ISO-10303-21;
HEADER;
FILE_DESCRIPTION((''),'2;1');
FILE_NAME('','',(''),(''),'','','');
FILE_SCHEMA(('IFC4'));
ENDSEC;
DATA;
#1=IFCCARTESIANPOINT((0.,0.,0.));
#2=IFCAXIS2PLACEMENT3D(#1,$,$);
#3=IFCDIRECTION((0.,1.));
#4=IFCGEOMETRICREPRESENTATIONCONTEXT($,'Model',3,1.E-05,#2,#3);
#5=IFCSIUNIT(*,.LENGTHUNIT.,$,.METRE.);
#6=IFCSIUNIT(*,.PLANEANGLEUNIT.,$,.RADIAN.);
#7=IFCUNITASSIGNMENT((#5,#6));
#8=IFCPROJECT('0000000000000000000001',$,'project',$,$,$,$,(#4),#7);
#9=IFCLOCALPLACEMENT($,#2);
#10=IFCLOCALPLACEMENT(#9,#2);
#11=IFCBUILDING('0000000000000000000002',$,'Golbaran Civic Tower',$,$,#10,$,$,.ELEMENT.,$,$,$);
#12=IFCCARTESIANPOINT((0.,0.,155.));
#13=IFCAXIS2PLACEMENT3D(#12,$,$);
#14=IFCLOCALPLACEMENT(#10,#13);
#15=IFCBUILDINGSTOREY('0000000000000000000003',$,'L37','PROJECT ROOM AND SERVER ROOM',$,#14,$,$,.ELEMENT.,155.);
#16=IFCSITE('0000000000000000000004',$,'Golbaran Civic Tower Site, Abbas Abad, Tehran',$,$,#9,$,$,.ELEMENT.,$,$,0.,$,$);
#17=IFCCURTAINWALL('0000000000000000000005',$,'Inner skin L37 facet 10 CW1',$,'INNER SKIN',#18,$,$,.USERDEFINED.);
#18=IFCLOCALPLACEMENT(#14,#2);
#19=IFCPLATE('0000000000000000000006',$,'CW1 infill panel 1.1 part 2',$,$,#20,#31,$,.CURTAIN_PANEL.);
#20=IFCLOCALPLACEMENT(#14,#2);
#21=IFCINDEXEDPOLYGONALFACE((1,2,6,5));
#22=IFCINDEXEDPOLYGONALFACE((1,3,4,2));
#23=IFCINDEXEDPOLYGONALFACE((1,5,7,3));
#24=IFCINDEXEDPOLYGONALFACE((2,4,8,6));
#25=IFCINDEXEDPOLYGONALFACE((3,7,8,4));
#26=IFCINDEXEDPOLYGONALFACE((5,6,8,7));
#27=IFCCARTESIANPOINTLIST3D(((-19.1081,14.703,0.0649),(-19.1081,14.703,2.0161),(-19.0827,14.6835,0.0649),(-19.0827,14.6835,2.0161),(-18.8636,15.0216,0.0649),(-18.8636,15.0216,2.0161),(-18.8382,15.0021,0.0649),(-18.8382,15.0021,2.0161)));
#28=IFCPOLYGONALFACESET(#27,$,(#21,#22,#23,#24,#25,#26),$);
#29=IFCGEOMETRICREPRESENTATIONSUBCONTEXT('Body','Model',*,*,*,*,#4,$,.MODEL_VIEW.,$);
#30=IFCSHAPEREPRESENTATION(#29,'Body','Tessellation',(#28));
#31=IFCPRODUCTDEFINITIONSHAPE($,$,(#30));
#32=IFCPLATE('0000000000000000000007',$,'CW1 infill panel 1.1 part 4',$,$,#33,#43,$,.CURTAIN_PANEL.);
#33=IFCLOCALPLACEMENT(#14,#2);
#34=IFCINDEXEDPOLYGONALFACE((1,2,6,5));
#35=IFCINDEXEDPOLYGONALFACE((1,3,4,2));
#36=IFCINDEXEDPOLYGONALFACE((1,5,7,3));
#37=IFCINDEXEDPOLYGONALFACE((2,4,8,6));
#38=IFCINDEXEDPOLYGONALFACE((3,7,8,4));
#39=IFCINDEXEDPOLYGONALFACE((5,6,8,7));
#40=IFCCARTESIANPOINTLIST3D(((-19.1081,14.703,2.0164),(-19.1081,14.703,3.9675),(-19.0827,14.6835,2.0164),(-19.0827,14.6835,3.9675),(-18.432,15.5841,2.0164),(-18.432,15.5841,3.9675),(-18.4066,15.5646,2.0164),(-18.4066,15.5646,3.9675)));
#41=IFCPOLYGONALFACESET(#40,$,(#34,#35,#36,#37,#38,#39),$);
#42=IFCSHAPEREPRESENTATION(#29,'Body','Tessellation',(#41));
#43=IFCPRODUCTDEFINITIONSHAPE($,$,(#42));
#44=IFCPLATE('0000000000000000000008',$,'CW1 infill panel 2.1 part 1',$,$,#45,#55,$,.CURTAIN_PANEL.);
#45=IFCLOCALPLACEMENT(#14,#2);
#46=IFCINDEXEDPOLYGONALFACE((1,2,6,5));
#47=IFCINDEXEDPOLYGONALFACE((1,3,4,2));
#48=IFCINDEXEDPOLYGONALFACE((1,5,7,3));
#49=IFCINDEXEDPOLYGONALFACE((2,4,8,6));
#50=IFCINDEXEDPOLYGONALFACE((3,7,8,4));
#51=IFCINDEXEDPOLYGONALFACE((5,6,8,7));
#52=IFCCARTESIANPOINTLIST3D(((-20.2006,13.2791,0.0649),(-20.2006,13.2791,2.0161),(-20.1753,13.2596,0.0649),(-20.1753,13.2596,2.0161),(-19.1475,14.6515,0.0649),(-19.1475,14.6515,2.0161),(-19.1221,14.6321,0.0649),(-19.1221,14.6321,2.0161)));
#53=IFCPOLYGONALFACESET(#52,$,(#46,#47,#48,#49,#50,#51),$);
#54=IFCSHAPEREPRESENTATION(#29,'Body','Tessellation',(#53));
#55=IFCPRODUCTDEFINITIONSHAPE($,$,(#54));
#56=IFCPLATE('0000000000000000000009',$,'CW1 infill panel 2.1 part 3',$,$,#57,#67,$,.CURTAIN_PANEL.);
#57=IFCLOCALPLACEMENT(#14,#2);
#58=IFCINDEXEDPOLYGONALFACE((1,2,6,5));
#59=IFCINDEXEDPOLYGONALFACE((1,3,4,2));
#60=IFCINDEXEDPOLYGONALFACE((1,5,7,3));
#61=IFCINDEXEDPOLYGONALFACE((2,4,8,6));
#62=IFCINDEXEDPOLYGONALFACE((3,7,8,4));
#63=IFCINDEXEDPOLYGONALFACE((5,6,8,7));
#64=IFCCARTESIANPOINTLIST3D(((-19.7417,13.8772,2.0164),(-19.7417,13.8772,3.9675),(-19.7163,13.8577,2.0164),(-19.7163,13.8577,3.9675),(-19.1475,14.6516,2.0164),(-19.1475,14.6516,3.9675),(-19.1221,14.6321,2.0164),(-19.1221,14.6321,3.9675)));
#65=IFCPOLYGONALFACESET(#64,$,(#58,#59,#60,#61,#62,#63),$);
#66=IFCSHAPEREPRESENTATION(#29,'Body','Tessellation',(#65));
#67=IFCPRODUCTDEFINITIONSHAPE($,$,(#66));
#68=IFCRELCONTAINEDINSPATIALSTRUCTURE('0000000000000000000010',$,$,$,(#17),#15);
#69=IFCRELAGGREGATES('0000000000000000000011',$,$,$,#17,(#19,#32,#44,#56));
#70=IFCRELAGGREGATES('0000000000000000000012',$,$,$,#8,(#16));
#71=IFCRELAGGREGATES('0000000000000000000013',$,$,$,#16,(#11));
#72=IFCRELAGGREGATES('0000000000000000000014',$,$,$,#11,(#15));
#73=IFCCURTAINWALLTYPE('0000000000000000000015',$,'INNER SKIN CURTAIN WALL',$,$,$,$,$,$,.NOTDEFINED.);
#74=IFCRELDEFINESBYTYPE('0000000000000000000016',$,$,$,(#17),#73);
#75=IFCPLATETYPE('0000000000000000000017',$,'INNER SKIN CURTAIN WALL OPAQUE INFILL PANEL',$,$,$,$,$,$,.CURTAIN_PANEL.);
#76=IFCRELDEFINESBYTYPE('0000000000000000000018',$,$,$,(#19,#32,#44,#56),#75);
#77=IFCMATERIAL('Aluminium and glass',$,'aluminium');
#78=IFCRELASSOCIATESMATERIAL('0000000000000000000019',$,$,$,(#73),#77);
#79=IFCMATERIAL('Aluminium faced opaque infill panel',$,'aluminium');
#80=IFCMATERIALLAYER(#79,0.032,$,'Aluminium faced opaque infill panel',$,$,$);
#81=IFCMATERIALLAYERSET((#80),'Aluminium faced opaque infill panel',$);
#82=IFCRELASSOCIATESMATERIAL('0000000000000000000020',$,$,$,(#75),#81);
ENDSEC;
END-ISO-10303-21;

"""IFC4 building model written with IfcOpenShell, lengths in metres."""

from ifc_helpers import new_model, si_unit, direction, frame, origin, origin_2d, place, context, subcontext, project, spatial, rectangle, extrude, material, layer, layer_set, type_object, element, aggregate, save


model = new_model("IFC4")

# Units and contexts
model_context = context("Model", 3, precision=1e-05, world=origin(), true_north=direction((0.0, 1.0)))
body_context = subcontext(model_context, "Body", "Model", "MODEL_VIEW")
ifc_project = project(units=[si_unit("LENGTHUNIT", "METRE"), si_unit("PLANEANGLEUNIT", "RADIAN")], contexts=[model_context])

# Site, building, storey
site_placement = place(None, origin())
site = spatial("IfcSite", under=ifc_project, at=site_placement, Name="Golbaran Civic Tower Site, Abbas Abad, Tehran", CompositionType="ELEMENT", RefElevation=0.0)
building_placement = place(site_placement, origin())
building = spatial("IfcBuilding", under=site, at=building_placement, Name="Golbaran Civic Tower", CompositionType="ELEMENT")
storey_placement = place(building_placement, frame((0.0, 0.0, 155.0)))
storey = spatial("IfcBuildingStorey", under=building, at=storey_placement, Name="L37", Description="PROJECT ROOM AND SERVER ROOM", CompositionType="ELEMENT", Elevation=155.0)

# Shared definitions
ifc_material_1 = material(Name="Aluminium and glass", Category="aluminium")
curtain_wall_type = type_object("IfcCurtainWallType", Name="INNER SKIN CURTAIN WALL", PredefinedType="NOTDEFINED", material=ifc_material_1)

# Curtain wall
curtain_wall_1_placement = place(storey_placement, origin())
curtain_wall_1 = element("IfcCurtainWall", 1, at=curtain_wall_1_placement, inside=storey, type_object=curtain_wall_type, Name="Inner skin L37 facet 10 CW1", ObjectType="INNER SKIN", PredefinedType="USERDEFINED")

# Plates
ifc_material_2 = material(Name="Aluminium faced opaque infill panel", Category="aluminium")
ifc_layer_1 = layer(ifc_material_2, 0.032, Name="Aluminium faced opaque infill panel")
ifc_layer_set_1 = layer_set([ifc_layer_1], Name="Aluminium faced opaque infill panel")
plate_type_1 = type_object("IfcPlateType", Name="INNER SKIN CURTAIN WALL OPAQUE INFILL PANEL", PredefinedType="CURTAIN_PANEL", material=ifc_layer_set_1)
plate_1_placement = place(storey_placement, frame((-18.9731, 14.8525, 0.0649), z_axis=(0.0, 0.0, 1.0), x_axis=(-0.608761, -0.793353, 0.0)))
plate_1 = element("IfcPlate", 2, at=plate_1_placement, type_object=plate_type_1, Name="CW1 infill panel 1.1 part 2", PredefinedType="CURTAIN_PANEL", context=body_context, shape_type="SweptSolid", body=[
    extrude(rectangle(XDim=0.4016, YDim=0.032, at=origin_2d()), origin(), (0.0, 0.0, 1.0), 1.9512),
])
plate_2_placement = place(storey_placement, frame((-18.7573, 15.1338, 2.0164), z_axis=(0.0, 0.0, 1.0), x_axis=(-0.608761, -0.793353, 0.0)))
plate_2 = element("IfcPlate", 3, at=plate_2_placement, type_object=plate_type_1, Name="CW1 infill panel 1.1 part 4", PredefinedType="CURTAIN_PANEL", context=body_context, shape_type="SweptSolid", body=[
    extrude(rectangle(XDim=1.1106, YDim=0.032, at=origin_2d()), origin(), (0.0, 0.0, 1.0), 1.9512),
])
plate_3_placement = place(storey_placement, frame((-19.6614, 13.9556, 0.0649), z_axis=(0.0, 0.0, 1.0), x_axis=(-0.608761, -0.793353, 0.0)))
plate_3 = element("IfcPlate", 4, at=plate_3_placement, type_object=plate_type_1, Name="CW1 infill panel 2.1 part 1", PredefinedType="CURTAIN_PANEL", context=body_context, shape_type="SweptSolid", body=[
    extrude(rectangle(XDim=1.73, YDim=0.032, at=origin_2d()), origin(), (0.0, 0.0, 1.0), 1.9512),
])
plate_4_placement = place(storey_placement, frame((-19.4319, 14.2546, 2.0164), z_axis=(0.0, 0.0, 1.0), x_axis=(-0.608761, -0.793353, 0.0)))
plate_4 = element("IfcPlate", 5, at=plate_4_placement, type_object=plate_type_1, Name="CW1 infill panel 2.1 part 3", PredefinedType="CURTAIN_PANEL", context=body_context, shape_type="SweptSolid", body=[
    extrude(rectangle(XDim=0.9761, YDim=0.032, at=origin_2d()), origin(), (0.0, 0.0, 1.0), 1.9512),
])
aggregate(curtain_wall_1, [plate_1, plate_2, plate_3, plate_4])

save(model, "model.ifc")
